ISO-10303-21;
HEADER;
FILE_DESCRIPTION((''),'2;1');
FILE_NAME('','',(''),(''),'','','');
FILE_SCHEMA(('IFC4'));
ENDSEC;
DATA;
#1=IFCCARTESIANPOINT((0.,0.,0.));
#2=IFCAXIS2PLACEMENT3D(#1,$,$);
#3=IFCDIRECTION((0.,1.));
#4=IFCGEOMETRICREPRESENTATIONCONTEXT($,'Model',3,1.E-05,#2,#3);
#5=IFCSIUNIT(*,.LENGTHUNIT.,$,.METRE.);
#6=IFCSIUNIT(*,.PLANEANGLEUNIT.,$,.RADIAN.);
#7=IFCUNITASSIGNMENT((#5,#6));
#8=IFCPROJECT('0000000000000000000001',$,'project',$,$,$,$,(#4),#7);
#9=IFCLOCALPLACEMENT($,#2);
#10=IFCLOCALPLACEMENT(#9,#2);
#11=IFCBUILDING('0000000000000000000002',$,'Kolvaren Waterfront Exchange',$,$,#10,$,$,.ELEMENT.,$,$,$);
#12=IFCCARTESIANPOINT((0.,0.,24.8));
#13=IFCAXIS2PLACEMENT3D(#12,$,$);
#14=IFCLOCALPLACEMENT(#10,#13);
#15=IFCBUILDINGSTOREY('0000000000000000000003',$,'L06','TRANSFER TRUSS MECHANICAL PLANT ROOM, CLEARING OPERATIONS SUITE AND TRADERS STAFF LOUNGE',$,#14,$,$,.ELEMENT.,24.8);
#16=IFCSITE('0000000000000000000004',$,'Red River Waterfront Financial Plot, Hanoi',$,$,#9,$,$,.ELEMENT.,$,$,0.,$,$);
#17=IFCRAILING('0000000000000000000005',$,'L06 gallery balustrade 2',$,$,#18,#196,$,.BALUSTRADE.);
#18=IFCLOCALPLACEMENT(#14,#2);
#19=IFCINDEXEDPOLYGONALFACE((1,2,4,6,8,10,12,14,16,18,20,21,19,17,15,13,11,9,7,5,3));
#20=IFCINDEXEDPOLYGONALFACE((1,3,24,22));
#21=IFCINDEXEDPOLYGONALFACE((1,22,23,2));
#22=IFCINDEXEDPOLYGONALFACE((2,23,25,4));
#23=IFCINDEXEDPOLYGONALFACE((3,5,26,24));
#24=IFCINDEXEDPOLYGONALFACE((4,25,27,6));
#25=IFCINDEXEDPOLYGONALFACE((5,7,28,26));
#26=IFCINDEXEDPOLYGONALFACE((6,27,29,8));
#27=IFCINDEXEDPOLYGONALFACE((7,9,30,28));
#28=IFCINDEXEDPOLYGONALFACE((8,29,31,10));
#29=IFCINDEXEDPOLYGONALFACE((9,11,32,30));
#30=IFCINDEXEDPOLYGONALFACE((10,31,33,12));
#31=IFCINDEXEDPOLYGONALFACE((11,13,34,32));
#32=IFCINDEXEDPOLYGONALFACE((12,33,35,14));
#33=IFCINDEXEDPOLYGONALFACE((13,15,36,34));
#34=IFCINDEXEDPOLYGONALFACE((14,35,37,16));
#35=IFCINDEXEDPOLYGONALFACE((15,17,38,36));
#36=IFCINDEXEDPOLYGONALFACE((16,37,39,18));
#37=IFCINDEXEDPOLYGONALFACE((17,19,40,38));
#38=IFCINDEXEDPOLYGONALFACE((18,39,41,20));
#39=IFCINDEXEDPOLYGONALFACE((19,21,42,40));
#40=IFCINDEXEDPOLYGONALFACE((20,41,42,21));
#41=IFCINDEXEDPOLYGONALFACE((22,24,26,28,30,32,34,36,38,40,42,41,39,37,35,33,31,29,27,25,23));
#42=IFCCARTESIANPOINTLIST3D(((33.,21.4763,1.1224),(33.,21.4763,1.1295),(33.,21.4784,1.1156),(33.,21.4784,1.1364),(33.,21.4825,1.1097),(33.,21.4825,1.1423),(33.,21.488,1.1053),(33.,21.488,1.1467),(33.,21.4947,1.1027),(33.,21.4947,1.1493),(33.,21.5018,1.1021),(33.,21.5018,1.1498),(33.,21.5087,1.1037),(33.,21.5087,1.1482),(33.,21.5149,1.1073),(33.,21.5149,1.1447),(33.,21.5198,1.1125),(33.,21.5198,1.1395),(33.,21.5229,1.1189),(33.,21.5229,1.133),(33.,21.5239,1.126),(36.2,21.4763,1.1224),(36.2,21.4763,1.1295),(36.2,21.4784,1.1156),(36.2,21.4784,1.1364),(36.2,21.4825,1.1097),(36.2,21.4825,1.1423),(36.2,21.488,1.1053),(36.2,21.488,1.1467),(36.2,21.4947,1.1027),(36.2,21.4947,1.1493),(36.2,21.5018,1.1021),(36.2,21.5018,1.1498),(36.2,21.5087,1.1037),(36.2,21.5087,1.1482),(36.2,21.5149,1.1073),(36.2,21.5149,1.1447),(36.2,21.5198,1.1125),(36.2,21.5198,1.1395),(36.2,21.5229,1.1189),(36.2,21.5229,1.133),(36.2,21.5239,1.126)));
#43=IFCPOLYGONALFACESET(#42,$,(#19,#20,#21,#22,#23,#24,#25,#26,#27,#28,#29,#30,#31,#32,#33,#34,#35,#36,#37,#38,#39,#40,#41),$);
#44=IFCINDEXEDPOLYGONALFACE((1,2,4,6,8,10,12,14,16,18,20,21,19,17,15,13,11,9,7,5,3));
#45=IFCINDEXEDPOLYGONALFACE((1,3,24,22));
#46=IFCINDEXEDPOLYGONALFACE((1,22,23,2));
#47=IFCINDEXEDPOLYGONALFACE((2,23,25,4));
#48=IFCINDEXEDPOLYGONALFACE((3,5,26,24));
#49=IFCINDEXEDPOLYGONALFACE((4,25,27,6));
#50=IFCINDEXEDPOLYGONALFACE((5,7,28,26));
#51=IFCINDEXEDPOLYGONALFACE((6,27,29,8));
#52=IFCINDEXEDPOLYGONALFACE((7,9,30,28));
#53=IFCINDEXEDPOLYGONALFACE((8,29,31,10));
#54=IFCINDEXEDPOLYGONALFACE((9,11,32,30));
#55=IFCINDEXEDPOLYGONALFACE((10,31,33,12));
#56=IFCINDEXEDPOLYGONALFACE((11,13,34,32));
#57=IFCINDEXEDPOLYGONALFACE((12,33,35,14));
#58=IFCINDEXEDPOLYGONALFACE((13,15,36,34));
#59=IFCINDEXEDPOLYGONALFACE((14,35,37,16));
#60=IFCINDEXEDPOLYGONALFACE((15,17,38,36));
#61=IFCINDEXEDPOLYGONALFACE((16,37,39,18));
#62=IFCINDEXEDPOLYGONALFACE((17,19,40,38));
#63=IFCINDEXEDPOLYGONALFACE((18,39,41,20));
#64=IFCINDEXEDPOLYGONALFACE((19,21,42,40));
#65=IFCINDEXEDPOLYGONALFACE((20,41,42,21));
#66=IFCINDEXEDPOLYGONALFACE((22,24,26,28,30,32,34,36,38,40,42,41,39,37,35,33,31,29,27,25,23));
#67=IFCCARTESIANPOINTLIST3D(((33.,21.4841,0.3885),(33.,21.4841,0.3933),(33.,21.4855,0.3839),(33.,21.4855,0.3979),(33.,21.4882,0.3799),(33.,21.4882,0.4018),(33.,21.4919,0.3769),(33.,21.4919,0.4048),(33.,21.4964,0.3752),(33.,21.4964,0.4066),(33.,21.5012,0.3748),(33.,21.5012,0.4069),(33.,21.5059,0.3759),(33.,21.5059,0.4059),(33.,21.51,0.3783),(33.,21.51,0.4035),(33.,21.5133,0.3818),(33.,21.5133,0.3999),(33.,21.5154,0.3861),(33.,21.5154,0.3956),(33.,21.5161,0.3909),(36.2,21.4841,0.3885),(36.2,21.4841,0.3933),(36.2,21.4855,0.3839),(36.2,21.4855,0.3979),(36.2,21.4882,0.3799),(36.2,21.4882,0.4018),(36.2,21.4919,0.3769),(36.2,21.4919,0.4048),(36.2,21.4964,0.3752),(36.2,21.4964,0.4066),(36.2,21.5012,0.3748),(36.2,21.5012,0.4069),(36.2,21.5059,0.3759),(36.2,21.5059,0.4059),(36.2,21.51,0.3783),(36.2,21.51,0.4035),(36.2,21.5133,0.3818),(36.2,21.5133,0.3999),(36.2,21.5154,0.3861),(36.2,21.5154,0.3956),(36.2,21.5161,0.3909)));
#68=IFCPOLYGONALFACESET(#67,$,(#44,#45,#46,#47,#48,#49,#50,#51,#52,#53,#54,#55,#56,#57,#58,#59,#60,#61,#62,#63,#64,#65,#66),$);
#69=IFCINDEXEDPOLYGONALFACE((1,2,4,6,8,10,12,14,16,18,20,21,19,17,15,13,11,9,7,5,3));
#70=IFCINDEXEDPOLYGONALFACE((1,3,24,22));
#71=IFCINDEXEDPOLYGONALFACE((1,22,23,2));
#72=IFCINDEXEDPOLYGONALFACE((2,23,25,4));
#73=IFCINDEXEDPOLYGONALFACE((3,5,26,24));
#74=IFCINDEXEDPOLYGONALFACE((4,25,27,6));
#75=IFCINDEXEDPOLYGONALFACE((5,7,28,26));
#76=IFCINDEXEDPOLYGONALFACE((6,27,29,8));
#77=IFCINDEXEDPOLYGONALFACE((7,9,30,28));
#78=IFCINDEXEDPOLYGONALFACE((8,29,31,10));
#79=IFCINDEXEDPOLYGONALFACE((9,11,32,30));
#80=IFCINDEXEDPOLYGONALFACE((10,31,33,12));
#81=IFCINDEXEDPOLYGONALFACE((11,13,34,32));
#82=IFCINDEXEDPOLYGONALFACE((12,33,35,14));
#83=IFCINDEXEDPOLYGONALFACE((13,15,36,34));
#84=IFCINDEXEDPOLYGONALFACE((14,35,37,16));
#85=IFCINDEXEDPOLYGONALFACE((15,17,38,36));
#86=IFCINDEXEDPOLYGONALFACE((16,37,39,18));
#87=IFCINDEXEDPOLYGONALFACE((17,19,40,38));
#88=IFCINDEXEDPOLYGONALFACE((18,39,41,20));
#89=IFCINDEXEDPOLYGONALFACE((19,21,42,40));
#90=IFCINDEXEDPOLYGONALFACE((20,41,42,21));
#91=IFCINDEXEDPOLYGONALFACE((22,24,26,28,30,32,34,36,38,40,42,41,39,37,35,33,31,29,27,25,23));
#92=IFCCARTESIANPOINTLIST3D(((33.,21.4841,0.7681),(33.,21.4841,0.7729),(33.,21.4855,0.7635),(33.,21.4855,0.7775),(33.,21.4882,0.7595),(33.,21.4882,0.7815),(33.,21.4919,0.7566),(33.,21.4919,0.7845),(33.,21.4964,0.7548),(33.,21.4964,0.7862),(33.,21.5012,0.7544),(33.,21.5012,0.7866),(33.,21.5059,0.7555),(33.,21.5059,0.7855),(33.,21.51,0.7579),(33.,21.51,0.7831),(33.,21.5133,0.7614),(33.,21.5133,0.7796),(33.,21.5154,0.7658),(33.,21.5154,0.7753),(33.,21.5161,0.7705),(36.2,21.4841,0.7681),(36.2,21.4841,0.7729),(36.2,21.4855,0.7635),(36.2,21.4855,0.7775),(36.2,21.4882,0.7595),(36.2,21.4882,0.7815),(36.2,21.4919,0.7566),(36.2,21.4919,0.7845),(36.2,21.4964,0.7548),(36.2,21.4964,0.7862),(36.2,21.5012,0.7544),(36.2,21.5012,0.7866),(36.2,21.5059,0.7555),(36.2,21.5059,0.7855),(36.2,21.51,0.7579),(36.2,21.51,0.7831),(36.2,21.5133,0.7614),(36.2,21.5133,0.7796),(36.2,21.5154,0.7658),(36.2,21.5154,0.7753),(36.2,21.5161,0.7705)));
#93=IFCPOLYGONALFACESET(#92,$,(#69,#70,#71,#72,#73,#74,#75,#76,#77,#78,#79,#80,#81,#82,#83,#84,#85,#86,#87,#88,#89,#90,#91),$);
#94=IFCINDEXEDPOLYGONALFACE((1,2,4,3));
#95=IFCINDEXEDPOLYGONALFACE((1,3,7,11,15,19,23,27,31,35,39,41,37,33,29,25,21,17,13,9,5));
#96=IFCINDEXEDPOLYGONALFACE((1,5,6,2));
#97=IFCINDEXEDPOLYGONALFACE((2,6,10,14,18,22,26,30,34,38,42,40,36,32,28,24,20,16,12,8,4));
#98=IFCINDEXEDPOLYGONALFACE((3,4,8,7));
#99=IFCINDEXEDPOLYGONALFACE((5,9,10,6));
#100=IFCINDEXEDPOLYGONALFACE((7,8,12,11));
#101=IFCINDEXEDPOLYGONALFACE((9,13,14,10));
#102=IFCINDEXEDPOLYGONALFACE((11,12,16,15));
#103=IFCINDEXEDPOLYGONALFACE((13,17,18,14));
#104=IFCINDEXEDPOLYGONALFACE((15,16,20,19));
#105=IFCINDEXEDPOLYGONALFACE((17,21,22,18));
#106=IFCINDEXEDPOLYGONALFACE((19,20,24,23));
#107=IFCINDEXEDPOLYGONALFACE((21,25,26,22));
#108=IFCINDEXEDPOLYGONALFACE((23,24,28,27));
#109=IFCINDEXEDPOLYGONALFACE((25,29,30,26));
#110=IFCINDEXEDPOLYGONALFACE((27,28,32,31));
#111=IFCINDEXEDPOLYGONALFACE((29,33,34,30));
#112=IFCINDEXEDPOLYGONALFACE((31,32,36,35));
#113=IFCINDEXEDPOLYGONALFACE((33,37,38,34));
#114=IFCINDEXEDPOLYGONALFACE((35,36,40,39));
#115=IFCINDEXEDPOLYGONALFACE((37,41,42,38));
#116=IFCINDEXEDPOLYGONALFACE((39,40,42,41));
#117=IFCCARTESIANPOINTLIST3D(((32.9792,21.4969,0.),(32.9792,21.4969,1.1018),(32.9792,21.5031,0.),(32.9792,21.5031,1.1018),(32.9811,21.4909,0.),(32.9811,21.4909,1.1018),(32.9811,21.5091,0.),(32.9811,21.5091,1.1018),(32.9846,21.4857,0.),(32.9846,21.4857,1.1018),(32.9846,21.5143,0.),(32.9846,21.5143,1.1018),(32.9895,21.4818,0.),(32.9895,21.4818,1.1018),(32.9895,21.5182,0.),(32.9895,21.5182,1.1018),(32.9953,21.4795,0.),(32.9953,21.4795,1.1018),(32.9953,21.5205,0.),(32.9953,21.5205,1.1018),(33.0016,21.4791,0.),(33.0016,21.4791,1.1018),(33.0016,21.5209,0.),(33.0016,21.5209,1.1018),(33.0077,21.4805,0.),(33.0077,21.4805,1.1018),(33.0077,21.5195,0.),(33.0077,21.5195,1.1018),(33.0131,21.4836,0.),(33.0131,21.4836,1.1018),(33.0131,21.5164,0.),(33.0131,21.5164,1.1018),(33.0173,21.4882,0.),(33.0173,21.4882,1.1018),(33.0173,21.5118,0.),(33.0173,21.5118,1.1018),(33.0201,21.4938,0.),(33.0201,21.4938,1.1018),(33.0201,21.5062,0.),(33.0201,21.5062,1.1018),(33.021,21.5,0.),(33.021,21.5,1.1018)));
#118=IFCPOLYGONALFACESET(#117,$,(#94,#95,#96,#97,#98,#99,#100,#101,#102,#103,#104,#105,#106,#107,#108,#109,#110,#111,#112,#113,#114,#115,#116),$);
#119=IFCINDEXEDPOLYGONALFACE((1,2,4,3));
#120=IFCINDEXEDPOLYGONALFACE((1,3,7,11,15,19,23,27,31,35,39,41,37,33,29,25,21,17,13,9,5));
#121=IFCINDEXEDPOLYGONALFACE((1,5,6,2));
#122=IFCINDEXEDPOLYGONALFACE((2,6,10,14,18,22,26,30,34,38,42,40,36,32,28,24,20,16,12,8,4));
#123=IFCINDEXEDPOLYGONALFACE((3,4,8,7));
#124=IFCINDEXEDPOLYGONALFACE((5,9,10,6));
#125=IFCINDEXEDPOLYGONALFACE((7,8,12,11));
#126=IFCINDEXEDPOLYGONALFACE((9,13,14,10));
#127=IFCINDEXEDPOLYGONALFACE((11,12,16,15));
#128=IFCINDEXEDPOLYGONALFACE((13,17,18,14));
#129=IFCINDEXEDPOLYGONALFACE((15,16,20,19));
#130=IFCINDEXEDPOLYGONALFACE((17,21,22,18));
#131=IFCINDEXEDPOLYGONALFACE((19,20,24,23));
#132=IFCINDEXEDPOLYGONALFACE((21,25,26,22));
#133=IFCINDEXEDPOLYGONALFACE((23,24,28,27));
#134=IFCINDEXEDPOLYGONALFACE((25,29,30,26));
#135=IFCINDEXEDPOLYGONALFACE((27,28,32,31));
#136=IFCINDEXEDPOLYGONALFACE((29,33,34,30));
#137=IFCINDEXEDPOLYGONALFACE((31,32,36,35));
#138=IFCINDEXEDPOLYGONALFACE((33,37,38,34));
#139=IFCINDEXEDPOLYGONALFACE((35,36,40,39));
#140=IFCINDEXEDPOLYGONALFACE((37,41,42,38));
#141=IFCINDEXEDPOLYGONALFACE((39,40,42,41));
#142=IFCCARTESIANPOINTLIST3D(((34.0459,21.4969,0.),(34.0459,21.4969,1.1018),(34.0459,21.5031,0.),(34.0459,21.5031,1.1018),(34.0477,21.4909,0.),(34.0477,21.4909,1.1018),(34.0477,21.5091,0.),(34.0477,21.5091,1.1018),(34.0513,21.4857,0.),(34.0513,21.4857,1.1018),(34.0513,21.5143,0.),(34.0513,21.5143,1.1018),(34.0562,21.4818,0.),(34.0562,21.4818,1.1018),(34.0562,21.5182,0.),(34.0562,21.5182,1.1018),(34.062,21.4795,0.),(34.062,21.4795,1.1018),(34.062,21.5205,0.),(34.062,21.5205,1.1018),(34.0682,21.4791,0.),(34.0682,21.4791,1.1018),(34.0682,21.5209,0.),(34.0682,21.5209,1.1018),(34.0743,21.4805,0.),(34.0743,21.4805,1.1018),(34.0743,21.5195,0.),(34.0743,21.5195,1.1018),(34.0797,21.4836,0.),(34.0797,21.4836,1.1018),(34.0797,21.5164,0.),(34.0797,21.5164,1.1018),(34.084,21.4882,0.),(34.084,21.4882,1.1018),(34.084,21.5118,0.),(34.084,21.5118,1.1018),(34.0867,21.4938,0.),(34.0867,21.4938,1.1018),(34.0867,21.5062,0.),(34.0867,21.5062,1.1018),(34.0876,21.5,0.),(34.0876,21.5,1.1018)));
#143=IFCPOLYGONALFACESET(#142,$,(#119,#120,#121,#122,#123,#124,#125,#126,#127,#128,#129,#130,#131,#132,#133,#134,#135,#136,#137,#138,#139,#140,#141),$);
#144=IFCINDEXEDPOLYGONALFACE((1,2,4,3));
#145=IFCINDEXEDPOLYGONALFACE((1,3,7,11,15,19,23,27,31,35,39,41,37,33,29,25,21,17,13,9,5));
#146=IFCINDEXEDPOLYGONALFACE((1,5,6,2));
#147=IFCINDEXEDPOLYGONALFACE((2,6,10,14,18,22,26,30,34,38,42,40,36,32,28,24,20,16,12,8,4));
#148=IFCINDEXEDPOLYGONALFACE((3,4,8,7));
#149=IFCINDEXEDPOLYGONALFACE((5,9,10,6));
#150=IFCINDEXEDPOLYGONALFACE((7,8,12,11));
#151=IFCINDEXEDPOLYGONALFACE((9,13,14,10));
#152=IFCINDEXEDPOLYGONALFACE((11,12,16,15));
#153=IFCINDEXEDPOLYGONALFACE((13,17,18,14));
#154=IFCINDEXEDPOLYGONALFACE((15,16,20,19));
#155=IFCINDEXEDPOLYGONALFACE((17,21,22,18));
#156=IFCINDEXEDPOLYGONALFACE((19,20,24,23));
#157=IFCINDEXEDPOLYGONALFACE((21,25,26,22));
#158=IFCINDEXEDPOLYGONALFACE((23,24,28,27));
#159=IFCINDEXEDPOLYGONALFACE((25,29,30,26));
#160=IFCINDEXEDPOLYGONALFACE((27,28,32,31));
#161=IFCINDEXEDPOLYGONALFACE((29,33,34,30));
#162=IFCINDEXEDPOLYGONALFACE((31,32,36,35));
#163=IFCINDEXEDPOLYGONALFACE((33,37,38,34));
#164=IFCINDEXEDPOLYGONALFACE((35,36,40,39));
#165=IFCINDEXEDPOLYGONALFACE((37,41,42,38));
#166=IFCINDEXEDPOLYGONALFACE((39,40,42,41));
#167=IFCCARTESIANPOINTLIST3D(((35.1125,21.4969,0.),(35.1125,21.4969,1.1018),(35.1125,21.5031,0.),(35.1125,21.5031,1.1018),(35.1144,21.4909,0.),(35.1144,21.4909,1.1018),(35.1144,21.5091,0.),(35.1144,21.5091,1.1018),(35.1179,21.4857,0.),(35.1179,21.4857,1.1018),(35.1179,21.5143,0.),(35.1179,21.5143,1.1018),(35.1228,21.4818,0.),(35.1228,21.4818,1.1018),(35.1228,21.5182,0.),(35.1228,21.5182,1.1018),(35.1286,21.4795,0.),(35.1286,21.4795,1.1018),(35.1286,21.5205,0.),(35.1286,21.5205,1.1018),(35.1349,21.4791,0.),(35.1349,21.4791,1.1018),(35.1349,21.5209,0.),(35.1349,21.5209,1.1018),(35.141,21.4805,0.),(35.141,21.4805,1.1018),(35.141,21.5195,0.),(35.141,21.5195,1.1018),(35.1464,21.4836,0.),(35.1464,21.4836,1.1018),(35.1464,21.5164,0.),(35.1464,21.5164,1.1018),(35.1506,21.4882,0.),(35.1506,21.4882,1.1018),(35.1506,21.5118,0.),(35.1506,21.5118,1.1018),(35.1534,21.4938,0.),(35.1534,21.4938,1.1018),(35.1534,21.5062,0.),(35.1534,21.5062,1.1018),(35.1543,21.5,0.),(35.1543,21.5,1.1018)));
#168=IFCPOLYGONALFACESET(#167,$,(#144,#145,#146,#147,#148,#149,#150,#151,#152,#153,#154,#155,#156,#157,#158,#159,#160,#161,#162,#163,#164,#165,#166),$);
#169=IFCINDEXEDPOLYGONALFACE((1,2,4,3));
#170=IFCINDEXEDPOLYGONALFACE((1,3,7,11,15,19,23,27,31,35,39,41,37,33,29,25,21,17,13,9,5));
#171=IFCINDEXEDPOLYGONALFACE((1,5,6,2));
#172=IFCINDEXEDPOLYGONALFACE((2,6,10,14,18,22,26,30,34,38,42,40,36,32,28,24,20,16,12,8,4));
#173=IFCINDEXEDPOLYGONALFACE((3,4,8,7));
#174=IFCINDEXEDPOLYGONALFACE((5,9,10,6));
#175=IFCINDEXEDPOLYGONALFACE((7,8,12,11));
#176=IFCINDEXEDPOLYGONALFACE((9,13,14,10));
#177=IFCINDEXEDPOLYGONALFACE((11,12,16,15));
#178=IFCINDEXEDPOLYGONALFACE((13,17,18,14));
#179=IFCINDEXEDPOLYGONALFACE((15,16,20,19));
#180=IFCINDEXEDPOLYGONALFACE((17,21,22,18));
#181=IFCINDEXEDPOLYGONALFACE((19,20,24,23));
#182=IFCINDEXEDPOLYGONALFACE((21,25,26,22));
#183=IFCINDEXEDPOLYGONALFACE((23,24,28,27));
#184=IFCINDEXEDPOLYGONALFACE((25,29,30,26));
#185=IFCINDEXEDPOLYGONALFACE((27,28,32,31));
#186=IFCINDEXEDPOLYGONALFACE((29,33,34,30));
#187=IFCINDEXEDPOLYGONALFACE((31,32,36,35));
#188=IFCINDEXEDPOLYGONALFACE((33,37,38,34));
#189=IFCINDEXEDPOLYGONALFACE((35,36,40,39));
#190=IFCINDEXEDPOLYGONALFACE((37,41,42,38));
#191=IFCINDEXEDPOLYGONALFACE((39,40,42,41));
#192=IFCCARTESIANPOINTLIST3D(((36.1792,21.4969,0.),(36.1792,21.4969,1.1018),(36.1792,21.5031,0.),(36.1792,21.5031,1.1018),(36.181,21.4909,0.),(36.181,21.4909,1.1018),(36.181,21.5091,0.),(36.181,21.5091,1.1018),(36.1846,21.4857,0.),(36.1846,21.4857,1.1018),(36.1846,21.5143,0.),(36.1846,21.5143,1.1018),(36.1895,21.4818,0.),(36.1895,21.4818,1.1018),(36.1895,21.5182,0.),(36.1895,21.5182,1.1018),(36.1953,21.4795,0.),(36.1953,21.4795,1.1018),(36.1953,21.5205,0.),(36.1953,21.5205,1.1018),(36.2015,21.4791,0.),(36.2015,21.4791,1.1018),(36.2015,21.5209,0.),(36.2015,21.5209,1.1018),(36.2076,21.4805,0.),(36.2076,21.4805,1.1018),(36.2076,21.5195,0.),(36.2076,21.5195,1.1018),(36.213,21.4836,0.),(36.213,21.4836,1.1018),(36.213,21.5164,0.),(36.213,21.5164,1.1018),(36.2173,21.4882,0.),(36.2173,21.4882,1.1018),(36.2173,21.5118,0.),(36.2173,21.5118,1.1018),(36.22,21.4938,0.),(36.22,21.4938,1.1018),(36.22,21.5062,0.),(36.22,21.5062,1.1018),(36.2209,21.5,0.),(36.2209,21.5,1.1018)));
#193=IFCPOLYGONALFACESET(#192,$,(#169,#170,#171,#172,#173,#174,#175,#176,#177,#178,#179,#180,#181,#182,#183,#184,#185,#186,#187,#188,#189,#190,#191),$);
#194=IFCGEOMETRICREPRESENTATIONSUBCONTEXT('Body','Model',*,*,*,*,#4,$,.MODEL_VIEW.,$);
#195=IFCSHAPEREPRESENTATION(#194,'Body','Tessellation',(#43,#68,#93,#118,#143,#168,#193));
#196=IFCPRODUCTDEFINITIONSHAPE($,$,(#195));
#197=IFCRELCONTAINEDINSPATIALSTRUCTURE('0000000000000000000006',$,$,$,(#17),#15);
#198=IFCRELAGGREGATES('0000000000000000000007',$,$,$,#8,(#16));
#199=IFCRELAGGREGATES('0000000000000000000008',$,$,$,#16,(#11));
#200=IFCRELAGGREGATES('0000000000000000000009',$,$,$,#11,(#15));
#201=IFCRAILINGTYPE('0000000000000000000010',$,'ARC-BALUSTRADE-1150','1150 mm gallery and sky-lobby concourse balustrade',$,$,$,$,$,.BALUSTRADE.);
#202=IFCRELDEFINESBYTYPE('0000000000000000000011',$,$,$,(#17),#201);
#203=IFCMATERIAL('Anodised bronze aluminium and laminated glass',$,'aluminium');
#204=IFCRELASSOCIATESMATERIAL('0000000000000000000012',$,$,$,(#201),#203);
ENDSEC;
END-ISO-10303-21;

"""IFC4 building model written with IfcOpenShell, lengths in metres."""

from ifc_helpers import new_model, si_unit, direction, frame, origin, origin_2d, place, context, subcontext, project, spatial, circle, extrude, material, type_object, element, save


model = new_model("IFC4")

# Units and contexts
model_context = context("Model", 3, precision=1e-05, world=origin(), true_north=direction((0.0, 1.0)))
body_context = subcontext(model_context, "Body", "Model", "MODEL_VIEW")
ifc_project = project(units=[si_unit("LENGTHUNIT", "METRE"), si_unit("PLANEANGLEUNIT", "RADIAN")], contexts=[model_context])

# Site, building, storey
site_placement = place(None, origin())
site = spatial("IfcSite", under=ifc_project, at=site_placement, Name="Red River Waterfront Financial Plot, Hanoi", CompositionType="ELEMENT", RefElevation=0.0)
building_placement = place(site_placement, origin())
building = spatial("IfcBuilding", under=site, at=building_placement, Name="Kolvaren Waterfront Exchange", CompositionType="ELEMENT")
storey_placement = place(building_placement, frame((0.0, 0.0, 24.8)))
storey = spatial("IfcBuildingStorey", under=building, at=storey_placement, Name="L06", Description="TRANSFER TRUSS MECHANICAL PLANT ROOM, CLEARING OPERATIONS SUITE AND TRADERS STAFF LOUNGE", CompositionType="ELEMENT", Elevation=24.8)

# Railing
ifc_material_1 = material(Name="Anodised bronze aluminium and laminated glass", Category="aluminium")
railing_type = type_object("IfcRailingType", Name="ARC-BALUSTRADE-1150", Description="1150 mm gallery and sky-lobby concourse balustrade", PredefinedType="BALUSTRADE", material=ifc_material_1)
for number, where, name in (
    (1, (33.0, 21.5, 0.0), "L06 gallery balustrade 2"),
):
    element("IfcRailing", number, at=place(storey_placement, frame(where)), inside=storey, type_object=railing_type, Name=name, PredefinedType="BALUSTRADE", context=body_context, shape_type="SweptSolid", body=[
        extrude(circle(Radius=0.0239, at=origin_2d()), frame((0.0, 0.0, 1.126), z_axis=(1.0, 0.0, 0.0), x_axis=(0.0, 1.0, 0.0)), (0.0, 0.0, 1.0), 3.2),
        extrude(circle(Radius=0.0161, at=origin_2d()), frame((0.0, 0.0, 0.3909), z_axis=(1.0, 0.0, 0.0), x_axis=(0.0, 1.0, 0.0)), (0.0, 0.0, 1.0), 3.2),
        extrude(circle(Radius=0.0161, at=origin_2d()), frame((0.0, 0.0, 0.7705), z_axis=(1.0, 0.0, 0.0), x_axis=(0.0, 1.0, 0.0)), (0.0, 0.0, 1.0), 3.2),
        extrude(circle(Radius=0.021, at=origin_2d()), origin(), (0.0, 0.0, 1.0), 1.1018),
        extrude(circle(Radius=0.021, at=origin_2d()), frame((1.0667, 0.0, 0.0)), (0.0, 0.0, 1.0), 1.1018),
        extrude(circle(Radius=0.021, at=origin_2d()), frame((2.1333, 0.0, 0.0)), (0.0, 0.0, 1.0), 1.1018),
        extrude(circle(Radius=0.021, at=origin_2d()), frame((3.2, 0.0, 0.0)), (0.0, 0.0, 1.0), 1.1018),
    ])

save(model, "model.ifc")
